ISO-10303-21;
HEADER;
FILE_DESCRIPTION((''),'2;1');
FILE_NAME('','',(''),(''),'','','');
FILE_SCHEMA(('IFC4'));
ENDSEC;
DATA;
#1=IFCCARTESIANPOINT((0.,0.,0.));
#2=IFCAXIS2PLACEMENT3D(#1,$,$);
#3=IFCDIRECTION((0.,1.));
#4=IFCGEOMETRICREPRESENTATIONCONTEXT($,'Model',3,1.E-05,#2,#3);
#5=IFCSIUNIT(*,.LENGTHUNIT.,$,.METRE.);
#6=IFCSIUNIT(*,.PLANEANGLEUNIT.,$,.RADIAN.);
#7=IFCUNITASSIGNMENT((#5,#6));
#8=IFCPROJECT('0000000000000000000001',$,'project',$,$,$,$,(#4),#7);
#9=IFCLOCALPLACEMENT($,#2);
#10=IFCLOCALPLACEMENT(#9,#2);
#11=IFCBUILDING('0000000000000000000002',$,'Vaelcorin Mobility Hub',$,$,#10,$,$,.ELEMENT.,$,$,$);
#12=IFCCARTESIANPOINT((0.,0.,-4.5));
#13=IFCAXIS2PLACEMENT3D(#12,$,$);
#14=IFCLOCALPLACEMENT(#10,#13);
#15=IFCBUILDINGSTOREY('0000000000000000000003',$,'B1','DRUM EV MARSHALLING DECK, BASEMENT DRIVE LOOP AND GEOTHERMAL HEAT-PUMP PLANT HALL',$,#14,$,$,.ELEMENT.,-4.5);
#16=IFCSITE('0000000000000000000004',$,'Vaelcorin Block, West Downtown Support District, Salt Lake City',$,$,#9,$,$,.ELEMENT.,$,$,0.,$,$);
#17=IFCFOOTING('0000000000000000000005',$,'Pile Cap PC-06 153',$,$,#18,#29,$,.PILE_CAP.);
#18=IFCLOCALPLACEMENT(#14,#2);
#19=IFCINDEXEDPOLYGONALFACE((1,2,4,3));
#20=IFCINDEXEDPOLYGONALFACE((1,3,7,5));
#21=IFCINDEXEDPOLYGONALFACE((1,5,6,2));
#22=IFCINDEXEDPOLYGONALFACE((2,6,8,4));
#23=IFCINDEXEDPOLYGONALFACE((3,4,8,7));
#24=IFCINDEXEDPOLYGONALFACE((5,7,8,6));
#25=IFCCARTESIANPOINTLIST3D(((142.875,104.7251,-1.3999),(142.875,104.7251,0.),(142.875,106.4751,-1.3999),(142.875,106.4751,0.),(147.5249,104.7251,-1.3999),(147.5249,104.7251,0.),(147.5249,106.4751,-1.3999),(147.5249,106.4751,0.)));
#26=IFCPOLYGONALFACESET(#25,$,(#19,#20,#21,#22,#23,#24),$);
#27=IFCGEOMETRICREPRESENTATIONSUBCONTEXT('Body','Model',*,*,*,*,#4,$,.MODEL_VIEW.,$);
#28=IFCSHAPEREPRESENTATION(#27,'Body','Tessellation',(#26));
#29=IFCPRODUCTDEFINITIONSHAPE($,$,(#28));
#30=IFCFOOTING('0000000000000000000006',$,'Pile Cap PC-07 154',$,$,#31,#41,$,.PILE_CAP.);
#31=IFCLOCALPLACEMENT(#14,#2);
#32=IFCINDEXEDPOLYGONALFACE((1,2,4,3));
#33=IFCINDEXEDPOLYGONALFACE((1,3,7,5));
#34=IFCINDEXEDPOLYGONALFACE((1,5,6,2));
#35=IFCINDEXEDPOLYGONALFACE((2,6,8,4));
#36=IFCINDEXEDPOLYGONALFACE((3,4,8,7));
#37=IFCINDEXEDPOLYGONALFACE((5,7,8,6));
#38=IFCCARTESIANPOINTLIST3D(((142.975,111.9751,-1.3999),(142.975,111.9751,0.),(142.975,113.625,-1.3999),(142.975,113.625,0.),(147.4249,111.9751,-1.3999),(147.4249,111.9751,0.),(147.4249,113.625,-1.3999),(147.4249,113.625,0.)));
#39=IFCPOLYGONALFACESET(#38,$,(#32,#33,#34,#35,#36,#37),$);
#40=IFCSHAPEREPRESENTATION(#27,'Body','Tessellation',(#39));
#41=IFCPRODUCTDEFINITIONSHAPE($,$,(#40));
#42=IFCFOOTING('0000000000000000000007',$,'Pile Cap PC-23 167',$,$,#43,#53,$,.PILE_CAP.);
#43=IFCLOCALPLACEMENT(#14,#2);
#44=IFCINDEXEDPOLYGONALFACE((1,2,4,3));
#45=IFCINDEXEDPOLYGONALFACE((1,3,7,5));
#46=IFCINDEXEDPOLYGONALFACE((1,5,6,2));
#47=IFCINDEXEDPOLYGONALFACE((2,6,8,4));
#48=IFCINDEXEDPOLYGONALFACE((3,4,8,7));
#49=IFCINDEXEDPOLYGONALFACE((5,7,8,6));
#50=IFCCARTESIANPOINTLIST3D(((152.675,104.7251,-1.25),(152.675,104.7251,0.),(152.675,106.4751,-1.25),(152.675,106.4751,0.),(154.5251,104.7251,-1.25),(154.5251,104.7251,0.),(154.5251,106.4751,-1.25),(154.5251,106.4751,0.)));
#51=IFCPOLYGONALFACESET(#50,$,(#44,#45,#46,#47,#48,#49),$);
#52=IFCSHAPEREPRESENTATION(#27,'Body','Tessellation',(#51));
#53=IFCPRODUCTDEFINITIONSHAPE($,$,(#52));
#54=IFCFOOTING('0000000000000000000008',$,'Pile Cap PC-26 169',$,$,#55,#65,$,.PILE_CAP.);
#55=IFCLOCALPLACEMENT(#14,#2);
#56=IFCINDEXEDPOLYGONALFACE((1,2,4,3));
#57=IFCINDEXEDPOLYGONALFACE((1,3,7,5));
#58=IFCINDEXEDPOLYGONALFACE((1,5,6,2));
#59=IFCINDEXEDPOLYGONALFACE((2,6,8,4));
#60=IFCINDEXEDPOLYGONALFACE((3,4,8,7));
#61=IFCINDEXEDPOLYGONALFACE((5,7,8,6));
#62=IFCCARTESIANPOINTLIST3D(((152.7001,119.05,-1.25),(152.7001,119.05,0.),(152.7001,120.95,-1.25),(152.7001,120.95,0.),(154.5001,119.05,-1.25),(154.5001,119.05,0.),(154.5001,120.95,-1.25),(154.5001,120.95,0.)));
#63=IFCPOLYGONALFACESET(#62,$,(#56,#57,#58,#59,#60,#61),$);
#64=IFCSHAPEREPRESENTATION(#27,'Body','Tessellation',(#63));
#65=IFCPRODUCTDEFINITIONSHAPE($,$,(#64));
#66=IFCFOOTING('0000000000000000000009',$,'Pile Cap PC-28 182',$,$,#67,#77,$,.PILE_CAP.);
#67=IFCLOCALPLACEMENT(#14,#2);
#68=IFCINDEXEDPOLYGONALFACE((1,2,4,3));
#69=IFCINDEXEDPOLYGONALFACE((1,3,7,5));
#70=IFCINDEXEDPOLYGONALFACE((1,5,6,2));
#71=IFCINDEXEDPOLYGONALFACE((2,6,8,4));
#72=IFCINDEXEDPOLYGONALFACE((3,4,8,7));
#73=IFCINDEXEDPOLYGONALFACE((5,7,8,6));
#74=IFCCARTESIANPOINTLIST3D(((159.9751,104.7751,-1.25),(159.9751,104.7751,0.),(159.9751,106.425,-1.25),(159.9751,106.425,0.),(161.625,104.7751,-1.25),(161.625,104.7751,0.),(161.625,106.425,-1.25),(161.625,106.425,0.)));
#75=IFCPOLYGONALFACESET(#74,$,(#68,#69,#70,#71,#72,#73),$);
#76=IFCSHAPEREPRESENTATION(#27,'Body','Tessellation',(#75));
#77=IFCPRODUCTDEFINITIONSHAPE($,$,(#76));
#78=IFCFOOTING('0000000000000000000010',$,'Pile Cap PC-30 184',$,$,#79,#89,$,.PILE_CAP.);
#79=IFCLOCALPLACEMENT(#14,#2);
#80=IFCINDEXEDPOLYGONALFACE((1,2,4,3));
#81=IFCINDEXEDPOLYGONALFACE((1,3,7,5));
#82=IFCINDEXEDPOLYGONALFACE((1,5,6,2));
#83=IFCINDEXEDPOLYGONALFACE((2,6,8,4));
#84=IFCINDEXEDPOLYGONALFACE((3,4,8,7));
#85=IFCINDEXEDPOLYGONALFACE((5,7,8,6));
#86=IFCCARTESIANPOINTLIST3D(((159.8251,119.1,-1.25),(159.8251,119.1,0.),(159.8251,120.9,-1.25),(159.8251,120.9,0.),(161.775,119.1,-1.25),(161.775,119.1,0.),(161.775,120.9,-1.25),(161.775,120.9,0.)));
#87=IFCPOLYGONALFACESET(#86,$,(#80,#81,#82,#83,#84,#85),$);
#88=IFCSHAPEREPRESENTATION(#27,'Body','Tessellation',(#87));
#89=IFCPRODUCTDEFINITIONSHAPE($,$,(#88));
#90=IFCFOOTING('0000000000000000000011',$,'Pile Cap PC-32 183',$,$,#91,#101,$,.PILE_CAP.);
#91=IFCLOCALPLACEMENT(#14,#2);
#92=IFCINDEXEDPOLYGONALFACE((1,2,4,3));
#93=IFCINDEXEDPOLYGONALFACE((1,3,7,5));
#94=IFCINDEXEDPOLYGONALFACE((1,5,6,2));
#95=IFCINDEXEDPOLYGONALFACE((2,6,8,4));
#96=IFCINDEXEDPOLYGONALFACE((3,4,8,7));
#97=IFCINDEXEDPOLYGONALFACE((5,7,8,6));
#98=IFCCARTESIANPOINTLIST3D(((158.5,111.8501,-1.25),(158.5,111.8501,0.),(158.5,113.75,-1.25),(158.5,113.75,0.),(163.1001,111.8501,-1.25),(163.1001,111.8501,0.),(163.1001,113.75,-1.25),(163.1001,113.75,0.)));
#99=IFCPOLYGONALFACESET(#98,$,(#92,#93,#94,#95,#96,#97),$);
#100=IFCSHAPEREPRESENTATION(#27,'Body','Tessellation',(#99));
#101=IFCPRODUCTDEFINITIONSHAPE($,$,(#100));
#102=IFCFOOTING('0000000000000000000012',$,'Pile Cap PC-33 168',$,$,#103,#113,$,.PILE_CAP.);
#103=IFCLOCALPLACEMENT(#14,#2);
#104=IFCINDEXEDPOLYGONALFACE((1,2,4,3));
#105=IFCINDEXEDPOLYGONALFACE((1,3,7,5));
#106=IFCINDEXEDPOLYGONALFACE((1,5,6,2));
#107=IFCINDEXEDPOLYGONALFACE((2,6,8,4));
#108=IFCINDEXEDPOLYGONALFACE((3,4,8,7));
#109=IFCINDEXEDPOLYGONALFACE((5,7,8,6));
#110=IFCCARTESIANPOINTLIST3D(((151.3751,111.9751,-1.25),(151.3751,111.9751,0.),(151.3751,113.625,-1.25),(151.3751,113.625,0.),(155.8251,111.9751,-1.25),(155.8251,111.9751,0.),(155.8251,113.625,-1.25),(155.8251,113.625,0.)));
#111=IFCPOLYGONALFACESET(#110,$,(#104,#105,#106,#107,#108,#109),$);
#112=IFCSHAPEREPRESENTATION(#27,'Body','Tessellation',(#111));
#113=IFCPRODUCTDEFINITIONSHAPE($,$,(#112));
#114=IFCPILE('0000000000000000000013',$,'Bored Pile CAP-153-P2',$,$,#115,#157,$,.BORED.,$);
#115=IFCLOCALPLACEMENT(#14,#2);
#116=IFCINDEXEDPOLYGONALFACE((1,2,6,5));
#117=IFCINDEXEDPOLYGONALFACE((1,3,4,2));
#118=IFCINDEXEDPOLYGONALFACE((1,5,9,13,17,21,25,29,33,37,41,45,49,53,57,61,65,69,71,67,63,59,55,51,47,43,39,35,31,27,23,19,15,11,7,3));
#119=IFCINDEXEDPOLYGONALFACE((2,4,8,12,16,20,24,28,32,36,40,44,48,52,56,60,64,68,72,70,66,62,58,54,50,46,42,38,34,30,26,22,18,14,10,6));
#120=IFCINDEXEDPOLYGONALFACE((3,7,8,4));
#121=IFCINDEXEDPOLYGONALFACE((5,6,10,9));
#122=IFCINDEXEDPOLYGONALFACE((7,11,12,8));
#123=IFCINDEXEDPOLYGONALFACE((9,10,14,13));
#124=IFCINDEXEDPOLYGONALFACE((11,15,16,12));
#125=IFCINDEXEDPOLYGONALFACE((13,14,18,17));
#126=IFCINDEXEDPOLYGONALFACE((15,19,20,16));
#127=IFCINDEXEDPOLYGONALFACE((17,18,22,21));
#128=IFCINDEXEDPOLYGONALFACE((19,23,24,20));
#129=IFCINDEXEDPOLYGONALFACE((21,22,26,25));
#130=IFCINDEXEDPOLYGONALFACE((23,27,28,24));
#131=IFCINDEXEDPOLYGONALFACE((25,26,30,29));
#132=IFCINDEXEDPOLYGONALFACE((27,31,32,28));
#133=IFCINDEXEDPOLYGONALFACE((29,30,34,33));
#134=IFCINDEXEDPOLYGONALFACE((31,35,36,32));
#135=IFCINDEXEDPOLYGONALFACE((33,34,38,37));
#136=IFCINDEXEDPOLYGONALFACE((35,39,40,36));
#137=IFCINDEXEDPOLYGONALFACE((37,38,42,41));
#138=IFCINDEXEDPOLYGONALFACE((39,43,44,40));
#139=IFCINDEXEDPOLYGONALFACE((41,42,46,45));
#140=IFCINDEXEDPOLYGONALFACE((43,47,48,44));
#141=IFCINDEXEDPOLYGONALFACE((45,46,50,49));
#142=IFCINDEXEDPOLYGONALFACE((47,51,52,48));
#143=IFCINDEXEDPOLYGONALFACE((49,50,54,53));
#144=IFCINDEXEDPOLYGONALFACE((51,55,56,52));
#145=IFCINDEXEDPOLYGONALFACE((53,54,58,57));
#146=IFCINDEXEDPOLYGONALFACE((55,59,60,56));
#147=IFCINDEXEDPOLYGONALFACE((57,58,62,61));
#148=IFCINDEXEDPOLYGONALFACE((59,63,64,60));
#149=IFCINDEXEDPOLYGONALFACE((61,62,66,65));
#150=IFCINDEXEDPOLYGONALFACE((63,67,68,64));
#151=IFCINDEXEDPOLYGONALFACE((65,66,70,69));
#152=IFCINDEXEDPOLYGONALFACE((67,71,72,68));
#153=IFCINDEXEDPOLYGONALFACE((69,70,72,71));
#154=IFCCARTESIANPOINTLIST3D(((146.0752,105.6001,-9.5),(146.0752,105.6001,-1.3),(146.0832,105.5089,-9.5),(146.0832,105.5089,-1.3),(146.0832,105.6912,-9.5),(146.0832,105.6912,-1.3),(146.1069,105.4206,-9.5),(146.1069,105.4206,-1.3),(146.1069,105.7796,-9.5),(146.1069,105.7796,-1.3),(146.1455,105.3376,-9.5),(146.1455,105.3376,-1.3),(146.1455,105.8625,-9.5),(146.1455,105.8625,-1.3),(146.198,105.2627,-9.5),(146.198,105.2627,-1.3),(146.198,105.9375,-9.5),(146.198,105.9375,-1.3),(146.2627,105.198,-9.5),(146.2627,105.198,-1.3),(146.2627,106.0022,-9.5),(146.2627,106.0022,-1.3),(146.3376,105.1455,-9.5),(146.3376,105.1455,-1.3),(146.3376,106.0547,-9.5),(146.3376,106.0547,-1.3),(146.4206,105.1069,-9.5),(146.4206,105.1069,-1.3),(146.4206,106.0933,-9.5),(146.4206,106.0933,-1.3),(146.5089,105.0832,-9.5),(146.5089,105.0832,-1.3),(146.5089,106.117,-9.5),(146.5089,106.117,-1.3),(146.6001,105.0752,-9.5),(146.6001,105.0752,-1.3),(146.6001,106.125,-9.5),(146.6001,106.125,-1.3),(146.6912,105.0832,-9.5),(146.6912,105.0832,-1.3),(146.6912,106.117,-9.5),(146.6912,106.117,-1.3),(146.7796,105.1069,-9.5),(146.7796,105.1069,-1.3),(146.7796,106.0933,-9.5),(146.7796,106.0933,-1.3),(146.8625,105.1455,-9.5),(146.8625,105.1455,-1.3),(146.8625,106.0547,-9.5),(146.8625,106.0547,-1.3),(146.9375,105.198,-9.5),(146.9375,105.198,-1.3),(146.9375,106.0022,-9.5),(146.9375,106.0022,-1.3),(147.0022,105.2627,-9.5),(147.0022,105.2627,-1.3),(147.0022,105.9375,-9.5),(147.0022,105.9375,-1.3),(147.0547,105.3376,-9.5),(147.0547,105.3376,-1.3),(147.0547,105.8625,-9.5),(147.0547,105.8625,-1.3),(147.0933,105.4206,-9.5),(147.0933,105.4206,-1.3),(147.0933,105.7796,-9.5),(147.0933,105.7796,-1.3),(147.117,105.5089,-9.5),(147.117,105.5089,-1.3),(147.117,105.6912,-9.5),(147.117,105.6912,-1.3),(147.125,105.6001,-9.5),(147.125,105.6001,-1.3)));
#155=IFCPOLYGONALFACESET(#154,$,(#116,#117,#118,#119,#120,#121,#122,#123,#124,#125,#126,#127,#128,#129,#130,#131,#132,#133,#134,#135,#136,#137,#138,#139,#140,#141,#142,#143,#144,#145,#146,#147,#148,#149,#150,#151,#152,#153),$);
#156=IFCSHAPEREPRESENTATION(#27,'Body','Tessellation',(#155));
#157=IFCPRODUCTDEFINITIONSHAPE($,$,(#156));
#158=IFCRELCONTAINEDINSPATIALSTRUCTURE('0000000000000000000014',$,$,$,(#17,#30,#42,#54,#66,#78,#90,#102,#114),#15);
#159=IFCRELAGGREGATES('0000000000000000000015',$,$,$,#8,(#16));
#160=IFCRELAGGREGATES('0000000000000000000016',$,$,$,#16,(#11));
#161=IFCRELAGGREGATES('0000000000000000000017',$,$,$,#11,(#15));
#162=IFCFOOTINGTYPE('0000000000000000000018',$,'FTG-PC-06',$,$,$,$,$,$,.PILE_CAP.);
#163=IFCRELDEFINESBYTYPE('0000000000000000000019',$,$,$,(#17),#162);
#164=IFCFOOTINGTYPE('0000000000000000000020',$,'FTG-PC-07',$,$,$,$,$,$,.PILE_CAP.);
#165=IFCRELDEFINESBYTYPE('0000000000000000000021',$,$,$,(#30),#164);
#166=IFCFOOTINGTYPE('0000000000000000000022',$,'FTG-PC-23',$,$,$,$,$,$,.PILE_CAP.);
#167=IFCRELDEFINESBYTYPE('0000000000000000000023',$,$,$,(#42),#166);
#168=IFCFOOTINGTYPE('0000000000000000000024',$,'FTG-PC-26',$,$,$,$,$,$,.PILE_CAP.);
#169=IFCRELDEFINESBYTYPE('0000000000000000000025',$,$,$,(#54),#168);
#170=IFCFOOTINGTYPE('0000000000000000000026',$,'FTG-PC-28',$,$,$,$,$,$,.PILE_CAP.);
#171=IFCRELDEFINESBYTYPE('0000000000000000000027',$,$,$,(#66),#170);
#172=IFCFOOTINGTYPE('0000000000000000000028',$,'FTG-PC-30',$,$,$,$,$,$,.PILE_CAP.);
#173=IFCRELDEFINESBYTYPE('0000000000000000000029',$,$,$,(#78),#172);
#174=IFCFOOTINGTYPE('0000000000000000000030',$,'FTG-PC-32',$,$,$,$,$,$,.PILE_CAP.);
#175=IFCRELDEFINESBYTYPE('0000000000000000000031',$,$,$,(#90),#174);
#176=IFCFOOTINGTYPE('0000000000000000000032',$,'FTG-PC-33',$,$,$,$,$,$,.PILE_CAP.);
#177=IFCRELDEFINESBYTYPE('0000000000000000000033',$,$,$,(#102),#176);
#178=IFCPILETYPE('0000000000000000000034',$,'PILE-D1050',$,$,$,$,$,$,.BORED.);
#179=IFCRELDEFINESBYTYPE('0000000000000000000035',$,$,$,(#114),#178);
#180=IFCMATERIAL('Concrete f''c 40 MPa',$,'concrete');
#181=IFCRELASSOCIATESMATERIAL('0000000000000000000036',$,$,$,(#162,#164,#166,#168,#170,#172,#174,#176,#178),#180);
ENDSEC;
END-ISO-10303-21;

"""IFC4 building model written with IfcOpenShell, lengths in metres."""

from ifc_helpers import new_model, si_unit, direction, frame, origin, origin_2d, place, context, subcontext, project, spatial, rectangle, circle, extrude, material, material_profile, profile_set, type_object, element, save


model = new_model("IFC4")

# Units and contexts
model_context = context("Model", 3, precision=1e-05, world=origin(), true_north=direction((0.0, 1.0)))
body_context = subcontext(model_context, "Body", "Model", "MODEL_VIEW")
ifc_project = project(units=[si_unit("LENGTHUNIT", "METRE"), si_unit("PLANEANGLEUNIT", "RADIAN")], contexts=[model_context])

# Site, building, storey
site_placement = place(None, origin())
site = spatial("IfcSite", under=ifc_project, at=site_placement, Name="Vaelcorin Block, West Downtown Support District, Salt Lake City", CompositionType="ELEMENT", RefElevation=0.0)
building_placement = place(site_placement, origin())
building = spatial("IfcBuilding", under=site, at=building_placement, Name="Vaelcorin Mobility Hub", CompositionType="ELEMENT")
storey_placement = place(building_placement, frame((0.0, 0.0, -4.5)))
storey = spatial("IfcBuildingStorey", under=building, at=storey_placement, Name="B1", Description="DRUM EV MARSHALLING DECK, BASEMENT DRIVE LOOP AND GEOTHERMAL HEAT-PUMP PLANT HALL", CompositionType="ELEMENT", Elevation=-4.5)

# Footings
ifc_material_1 = material(Name="Concrete f'c 40 MPa", Category="concrete")
footing_type_1 = type_object("IfcFootingType", Name="FTG-PC-06", PredefinedType="PILE_CAP", material=ifc_material_1)
footing_1_placement = place(storey_placement, frame((145.2, 105.6001, -1.3999), z_axis=(0.0, 0.0, 1.0), x_axis=(1.0, 0.0, 0.0)))
element("IfcFooting", 1, at=footing_1_placement, inside=storey, type_object=footing_type_1, Name="Pile Cap PC-06 153", PredefinedType="PILE_CAP", context=body_context, shape_type="SweptSolid", body=[
    extrude(rectangle(XDim=4.6499, YDim=1.75, at=origin_2d()), origin(), (0.0, 0.0, 1.0), 1.3999),
])
footing_type_2 = type_object("IfcFootingType", Name="FTG-PC-07", PredefinedType="PILE_CAP", material=ifc_material_1)
footing_2_placement = place(storey_placement, frame((145.2, 112.8, -1.3999), z_axis=(0.0, 0.0, 1.0), x_axis=(1.0, 0.0, 0.0)))
element("IfcFooting", 2, at=footing_2_placement, inside=storey, type_object=footing_type_2, Name="Pile Cap PC-07 154", PredefinedType="PILE_CAP", context=body_context, shape_type="SweptSolid", body=[
    extrude(rectangle(XDim=4.45, YDim=1.6499, at=origin_2d()), origin(), (0.0, 0.0, 1.0), 1.3999),
])
footing_type_3 = type_object("IfcFootingType", Name="FTG-PC-23", PredefinedType="PILE_CAP", material=ifc_material_1)
footing_3_placement = place(storey_placement, frame((153.6001, 105.6001, -1.25), z_axis=(0.0, 0.0, 1.0), x_axis=(1.0, 0.0, 0.0)))
element("IfcFooting", 3, at=footing_3_placement, inside=storey, type_object=footing_type_3, Name="Pile Cap PC-23 167", PredefinedType="PILE_CAP", context=body_context, shape_type="SweptSolid", body=[
    extrude(rectangle(XDim=1.8501, YDim=1.75, at=origin_2d()), origin(), (0.0, 0.0, 1.0), 1.25),
])
footing_type_4 = type_object("IfcFootingType", Name="FTG-PC-26", PredefinedType="PILE_CAP", material=ifc_material_1)
footing_4_placement = place(storey_placement, frame((153.6001, 120.0, -1.25), z_axis=(0.0, 0.0, 1.0), x_axis=(1.0, 0.0, 0.0)))
element("IfcFooting", 4, at=footing_4_placement, inside=storey, type_object=footing_type_4, Name="Pile Cap PC-26 169", PredefinedType="PILE_CAP", context=body_context, shape_type="SweptSolid", body=[
    extrude(rectangle(XDim=1.8, YDim=1.8999, at=origin_2d()), origin(), (0.0, 0.0, 1.0), 1.25),
])
footing_type_5 = type_object("IfcFootingType", Name="FTG-PC-28", PredefinedType="PILE_CAP", material=ifc_material_1)
footing_5_placement = place(storey_placement, frame((160.8, 105.6001, -1.25), z_axis=(0.0, 0.0, 1.0), x_axis=(1.0, 0.0, 0.0)))
element("IfcFooting", 5, at=footing_5_placement, inside=storey, type_object=footing_type_5, Name="Pile Cap PC-28 182", PredefinedType="PILE_CAP", context=body_context, shape_type="SweptSolid", body=[
    extrude(rectangle(XDim=1.6499, YDim=1.6499, at=origin_2d()), origin(), (0.0, 0.0, 1.0), 1.25),
])
footing_type_6 = type_object("IfcFootingType", Name="FTG-PC-30", PredefinedType="PILE_CAP", material=ifc_material_1)
footing_6_placement = place(storey_placement, frame((160.8, 120.0, -1.25), z_axis=(0.0, 0.0, 1.0), x_axis=(1.0, 0.0, 0.0)))
element("IfcFooting", 6, at=footing_6_placement, inside=storey, type_object=footing_type_6, Name="Pile Cap PC-30 184", PredefinedType="PILE_CAP", context=body_context, shape_type="SweptSolid", body=[
    extrude(rectangle(XDim=1.95, YDim=1.8, at=origin_2d()), origin(), (0.0, 0.0, 1.0), 1.25),
])
footing_type_7 = type_object("IfcFootingType", Name="FTG-PC-32", PredefinedType="PILE_CAP", material=ifc_material_1)
footing_7_placement = place(storey_placement, frame((160.8, 112.8, -1.25), z_axis=(0.0, 0.0, 1.0), x_axis=(1.0, 0.0, 0.0)))
element("IfcFooting", 7, at=footing_7_placement, inside=storey, type_object=footing_type_7, Name="Pile Cap PC-32 183", PredefinedType="PILE_CAP", context=body_context, shape_type="SweptSolid", body=[
    extrude(rectangle(XDim=4.6001, YDim=1.8999, at=origin_2d()), origin(), (0.0, 0.0, 1.0), 1.25),
])
footing_type_8 = type_object("IfcFootingType", Name="FTG-PC-33", PredefinedType="PILE_CAP", material=ifc_material_1)
footing_8_placement = place(storey_placement, frame((153.6001, 112.8, -1.25), z_axis=(0.0, 0.0, 1.0), x_axis=(1.0, 0.0, 0.0)))
element("IfcFooting", 8, at=footing_8_placement, inside=storey, type_object=footing_type_8, Name="Pile Cap PC-33 168", PredefinedType="PILE_CAP", context=body_context, shape_type="SweptSolid", body=[
    extrude(rectangle(XDim=4.45, YDim=1.6499, at=origin_2d()), origin(), (0.0, 0.0, 1.0), 1.25),
])

# Pile
ifc_material_profile_1 = material_profile(ifc_material_1, circle(Radius=0.5249, at=origin_2d()), Name="BP-D1050")
ifc_profile_set_1 = profile_set([ifc_material_profile_1], Name="Concrete f'c 40 MPa")
pile_type = type_object("IfcPileType", Name="PILE-D1050", PredefinedType="BORED", material=ifc_profile_set_1)
for number, where, z_axis, x_axis, name in (
    (9, (146.6001, 105.6001, -1.3), (0.0, 0.0, -1.0), (1.0, 0.0, 0.0), "Bored Pile CAP-153-P2"),
):
    element("IfcPile", number, at=place(storey_placement, frame(where, z_axis=z_axis, x_axis=x_axis)), inside=storey, type_object=pile_type, Name=name, PredefinedType="BORED", context=body_context, shape_type="SweptSolid", body=[
        extrude(circle(Radius=0.5249, at=origin_2d()), origin(), (0.0, 0.0, 1.0), 8.2),
    ])

save(model, "model.ifc")
